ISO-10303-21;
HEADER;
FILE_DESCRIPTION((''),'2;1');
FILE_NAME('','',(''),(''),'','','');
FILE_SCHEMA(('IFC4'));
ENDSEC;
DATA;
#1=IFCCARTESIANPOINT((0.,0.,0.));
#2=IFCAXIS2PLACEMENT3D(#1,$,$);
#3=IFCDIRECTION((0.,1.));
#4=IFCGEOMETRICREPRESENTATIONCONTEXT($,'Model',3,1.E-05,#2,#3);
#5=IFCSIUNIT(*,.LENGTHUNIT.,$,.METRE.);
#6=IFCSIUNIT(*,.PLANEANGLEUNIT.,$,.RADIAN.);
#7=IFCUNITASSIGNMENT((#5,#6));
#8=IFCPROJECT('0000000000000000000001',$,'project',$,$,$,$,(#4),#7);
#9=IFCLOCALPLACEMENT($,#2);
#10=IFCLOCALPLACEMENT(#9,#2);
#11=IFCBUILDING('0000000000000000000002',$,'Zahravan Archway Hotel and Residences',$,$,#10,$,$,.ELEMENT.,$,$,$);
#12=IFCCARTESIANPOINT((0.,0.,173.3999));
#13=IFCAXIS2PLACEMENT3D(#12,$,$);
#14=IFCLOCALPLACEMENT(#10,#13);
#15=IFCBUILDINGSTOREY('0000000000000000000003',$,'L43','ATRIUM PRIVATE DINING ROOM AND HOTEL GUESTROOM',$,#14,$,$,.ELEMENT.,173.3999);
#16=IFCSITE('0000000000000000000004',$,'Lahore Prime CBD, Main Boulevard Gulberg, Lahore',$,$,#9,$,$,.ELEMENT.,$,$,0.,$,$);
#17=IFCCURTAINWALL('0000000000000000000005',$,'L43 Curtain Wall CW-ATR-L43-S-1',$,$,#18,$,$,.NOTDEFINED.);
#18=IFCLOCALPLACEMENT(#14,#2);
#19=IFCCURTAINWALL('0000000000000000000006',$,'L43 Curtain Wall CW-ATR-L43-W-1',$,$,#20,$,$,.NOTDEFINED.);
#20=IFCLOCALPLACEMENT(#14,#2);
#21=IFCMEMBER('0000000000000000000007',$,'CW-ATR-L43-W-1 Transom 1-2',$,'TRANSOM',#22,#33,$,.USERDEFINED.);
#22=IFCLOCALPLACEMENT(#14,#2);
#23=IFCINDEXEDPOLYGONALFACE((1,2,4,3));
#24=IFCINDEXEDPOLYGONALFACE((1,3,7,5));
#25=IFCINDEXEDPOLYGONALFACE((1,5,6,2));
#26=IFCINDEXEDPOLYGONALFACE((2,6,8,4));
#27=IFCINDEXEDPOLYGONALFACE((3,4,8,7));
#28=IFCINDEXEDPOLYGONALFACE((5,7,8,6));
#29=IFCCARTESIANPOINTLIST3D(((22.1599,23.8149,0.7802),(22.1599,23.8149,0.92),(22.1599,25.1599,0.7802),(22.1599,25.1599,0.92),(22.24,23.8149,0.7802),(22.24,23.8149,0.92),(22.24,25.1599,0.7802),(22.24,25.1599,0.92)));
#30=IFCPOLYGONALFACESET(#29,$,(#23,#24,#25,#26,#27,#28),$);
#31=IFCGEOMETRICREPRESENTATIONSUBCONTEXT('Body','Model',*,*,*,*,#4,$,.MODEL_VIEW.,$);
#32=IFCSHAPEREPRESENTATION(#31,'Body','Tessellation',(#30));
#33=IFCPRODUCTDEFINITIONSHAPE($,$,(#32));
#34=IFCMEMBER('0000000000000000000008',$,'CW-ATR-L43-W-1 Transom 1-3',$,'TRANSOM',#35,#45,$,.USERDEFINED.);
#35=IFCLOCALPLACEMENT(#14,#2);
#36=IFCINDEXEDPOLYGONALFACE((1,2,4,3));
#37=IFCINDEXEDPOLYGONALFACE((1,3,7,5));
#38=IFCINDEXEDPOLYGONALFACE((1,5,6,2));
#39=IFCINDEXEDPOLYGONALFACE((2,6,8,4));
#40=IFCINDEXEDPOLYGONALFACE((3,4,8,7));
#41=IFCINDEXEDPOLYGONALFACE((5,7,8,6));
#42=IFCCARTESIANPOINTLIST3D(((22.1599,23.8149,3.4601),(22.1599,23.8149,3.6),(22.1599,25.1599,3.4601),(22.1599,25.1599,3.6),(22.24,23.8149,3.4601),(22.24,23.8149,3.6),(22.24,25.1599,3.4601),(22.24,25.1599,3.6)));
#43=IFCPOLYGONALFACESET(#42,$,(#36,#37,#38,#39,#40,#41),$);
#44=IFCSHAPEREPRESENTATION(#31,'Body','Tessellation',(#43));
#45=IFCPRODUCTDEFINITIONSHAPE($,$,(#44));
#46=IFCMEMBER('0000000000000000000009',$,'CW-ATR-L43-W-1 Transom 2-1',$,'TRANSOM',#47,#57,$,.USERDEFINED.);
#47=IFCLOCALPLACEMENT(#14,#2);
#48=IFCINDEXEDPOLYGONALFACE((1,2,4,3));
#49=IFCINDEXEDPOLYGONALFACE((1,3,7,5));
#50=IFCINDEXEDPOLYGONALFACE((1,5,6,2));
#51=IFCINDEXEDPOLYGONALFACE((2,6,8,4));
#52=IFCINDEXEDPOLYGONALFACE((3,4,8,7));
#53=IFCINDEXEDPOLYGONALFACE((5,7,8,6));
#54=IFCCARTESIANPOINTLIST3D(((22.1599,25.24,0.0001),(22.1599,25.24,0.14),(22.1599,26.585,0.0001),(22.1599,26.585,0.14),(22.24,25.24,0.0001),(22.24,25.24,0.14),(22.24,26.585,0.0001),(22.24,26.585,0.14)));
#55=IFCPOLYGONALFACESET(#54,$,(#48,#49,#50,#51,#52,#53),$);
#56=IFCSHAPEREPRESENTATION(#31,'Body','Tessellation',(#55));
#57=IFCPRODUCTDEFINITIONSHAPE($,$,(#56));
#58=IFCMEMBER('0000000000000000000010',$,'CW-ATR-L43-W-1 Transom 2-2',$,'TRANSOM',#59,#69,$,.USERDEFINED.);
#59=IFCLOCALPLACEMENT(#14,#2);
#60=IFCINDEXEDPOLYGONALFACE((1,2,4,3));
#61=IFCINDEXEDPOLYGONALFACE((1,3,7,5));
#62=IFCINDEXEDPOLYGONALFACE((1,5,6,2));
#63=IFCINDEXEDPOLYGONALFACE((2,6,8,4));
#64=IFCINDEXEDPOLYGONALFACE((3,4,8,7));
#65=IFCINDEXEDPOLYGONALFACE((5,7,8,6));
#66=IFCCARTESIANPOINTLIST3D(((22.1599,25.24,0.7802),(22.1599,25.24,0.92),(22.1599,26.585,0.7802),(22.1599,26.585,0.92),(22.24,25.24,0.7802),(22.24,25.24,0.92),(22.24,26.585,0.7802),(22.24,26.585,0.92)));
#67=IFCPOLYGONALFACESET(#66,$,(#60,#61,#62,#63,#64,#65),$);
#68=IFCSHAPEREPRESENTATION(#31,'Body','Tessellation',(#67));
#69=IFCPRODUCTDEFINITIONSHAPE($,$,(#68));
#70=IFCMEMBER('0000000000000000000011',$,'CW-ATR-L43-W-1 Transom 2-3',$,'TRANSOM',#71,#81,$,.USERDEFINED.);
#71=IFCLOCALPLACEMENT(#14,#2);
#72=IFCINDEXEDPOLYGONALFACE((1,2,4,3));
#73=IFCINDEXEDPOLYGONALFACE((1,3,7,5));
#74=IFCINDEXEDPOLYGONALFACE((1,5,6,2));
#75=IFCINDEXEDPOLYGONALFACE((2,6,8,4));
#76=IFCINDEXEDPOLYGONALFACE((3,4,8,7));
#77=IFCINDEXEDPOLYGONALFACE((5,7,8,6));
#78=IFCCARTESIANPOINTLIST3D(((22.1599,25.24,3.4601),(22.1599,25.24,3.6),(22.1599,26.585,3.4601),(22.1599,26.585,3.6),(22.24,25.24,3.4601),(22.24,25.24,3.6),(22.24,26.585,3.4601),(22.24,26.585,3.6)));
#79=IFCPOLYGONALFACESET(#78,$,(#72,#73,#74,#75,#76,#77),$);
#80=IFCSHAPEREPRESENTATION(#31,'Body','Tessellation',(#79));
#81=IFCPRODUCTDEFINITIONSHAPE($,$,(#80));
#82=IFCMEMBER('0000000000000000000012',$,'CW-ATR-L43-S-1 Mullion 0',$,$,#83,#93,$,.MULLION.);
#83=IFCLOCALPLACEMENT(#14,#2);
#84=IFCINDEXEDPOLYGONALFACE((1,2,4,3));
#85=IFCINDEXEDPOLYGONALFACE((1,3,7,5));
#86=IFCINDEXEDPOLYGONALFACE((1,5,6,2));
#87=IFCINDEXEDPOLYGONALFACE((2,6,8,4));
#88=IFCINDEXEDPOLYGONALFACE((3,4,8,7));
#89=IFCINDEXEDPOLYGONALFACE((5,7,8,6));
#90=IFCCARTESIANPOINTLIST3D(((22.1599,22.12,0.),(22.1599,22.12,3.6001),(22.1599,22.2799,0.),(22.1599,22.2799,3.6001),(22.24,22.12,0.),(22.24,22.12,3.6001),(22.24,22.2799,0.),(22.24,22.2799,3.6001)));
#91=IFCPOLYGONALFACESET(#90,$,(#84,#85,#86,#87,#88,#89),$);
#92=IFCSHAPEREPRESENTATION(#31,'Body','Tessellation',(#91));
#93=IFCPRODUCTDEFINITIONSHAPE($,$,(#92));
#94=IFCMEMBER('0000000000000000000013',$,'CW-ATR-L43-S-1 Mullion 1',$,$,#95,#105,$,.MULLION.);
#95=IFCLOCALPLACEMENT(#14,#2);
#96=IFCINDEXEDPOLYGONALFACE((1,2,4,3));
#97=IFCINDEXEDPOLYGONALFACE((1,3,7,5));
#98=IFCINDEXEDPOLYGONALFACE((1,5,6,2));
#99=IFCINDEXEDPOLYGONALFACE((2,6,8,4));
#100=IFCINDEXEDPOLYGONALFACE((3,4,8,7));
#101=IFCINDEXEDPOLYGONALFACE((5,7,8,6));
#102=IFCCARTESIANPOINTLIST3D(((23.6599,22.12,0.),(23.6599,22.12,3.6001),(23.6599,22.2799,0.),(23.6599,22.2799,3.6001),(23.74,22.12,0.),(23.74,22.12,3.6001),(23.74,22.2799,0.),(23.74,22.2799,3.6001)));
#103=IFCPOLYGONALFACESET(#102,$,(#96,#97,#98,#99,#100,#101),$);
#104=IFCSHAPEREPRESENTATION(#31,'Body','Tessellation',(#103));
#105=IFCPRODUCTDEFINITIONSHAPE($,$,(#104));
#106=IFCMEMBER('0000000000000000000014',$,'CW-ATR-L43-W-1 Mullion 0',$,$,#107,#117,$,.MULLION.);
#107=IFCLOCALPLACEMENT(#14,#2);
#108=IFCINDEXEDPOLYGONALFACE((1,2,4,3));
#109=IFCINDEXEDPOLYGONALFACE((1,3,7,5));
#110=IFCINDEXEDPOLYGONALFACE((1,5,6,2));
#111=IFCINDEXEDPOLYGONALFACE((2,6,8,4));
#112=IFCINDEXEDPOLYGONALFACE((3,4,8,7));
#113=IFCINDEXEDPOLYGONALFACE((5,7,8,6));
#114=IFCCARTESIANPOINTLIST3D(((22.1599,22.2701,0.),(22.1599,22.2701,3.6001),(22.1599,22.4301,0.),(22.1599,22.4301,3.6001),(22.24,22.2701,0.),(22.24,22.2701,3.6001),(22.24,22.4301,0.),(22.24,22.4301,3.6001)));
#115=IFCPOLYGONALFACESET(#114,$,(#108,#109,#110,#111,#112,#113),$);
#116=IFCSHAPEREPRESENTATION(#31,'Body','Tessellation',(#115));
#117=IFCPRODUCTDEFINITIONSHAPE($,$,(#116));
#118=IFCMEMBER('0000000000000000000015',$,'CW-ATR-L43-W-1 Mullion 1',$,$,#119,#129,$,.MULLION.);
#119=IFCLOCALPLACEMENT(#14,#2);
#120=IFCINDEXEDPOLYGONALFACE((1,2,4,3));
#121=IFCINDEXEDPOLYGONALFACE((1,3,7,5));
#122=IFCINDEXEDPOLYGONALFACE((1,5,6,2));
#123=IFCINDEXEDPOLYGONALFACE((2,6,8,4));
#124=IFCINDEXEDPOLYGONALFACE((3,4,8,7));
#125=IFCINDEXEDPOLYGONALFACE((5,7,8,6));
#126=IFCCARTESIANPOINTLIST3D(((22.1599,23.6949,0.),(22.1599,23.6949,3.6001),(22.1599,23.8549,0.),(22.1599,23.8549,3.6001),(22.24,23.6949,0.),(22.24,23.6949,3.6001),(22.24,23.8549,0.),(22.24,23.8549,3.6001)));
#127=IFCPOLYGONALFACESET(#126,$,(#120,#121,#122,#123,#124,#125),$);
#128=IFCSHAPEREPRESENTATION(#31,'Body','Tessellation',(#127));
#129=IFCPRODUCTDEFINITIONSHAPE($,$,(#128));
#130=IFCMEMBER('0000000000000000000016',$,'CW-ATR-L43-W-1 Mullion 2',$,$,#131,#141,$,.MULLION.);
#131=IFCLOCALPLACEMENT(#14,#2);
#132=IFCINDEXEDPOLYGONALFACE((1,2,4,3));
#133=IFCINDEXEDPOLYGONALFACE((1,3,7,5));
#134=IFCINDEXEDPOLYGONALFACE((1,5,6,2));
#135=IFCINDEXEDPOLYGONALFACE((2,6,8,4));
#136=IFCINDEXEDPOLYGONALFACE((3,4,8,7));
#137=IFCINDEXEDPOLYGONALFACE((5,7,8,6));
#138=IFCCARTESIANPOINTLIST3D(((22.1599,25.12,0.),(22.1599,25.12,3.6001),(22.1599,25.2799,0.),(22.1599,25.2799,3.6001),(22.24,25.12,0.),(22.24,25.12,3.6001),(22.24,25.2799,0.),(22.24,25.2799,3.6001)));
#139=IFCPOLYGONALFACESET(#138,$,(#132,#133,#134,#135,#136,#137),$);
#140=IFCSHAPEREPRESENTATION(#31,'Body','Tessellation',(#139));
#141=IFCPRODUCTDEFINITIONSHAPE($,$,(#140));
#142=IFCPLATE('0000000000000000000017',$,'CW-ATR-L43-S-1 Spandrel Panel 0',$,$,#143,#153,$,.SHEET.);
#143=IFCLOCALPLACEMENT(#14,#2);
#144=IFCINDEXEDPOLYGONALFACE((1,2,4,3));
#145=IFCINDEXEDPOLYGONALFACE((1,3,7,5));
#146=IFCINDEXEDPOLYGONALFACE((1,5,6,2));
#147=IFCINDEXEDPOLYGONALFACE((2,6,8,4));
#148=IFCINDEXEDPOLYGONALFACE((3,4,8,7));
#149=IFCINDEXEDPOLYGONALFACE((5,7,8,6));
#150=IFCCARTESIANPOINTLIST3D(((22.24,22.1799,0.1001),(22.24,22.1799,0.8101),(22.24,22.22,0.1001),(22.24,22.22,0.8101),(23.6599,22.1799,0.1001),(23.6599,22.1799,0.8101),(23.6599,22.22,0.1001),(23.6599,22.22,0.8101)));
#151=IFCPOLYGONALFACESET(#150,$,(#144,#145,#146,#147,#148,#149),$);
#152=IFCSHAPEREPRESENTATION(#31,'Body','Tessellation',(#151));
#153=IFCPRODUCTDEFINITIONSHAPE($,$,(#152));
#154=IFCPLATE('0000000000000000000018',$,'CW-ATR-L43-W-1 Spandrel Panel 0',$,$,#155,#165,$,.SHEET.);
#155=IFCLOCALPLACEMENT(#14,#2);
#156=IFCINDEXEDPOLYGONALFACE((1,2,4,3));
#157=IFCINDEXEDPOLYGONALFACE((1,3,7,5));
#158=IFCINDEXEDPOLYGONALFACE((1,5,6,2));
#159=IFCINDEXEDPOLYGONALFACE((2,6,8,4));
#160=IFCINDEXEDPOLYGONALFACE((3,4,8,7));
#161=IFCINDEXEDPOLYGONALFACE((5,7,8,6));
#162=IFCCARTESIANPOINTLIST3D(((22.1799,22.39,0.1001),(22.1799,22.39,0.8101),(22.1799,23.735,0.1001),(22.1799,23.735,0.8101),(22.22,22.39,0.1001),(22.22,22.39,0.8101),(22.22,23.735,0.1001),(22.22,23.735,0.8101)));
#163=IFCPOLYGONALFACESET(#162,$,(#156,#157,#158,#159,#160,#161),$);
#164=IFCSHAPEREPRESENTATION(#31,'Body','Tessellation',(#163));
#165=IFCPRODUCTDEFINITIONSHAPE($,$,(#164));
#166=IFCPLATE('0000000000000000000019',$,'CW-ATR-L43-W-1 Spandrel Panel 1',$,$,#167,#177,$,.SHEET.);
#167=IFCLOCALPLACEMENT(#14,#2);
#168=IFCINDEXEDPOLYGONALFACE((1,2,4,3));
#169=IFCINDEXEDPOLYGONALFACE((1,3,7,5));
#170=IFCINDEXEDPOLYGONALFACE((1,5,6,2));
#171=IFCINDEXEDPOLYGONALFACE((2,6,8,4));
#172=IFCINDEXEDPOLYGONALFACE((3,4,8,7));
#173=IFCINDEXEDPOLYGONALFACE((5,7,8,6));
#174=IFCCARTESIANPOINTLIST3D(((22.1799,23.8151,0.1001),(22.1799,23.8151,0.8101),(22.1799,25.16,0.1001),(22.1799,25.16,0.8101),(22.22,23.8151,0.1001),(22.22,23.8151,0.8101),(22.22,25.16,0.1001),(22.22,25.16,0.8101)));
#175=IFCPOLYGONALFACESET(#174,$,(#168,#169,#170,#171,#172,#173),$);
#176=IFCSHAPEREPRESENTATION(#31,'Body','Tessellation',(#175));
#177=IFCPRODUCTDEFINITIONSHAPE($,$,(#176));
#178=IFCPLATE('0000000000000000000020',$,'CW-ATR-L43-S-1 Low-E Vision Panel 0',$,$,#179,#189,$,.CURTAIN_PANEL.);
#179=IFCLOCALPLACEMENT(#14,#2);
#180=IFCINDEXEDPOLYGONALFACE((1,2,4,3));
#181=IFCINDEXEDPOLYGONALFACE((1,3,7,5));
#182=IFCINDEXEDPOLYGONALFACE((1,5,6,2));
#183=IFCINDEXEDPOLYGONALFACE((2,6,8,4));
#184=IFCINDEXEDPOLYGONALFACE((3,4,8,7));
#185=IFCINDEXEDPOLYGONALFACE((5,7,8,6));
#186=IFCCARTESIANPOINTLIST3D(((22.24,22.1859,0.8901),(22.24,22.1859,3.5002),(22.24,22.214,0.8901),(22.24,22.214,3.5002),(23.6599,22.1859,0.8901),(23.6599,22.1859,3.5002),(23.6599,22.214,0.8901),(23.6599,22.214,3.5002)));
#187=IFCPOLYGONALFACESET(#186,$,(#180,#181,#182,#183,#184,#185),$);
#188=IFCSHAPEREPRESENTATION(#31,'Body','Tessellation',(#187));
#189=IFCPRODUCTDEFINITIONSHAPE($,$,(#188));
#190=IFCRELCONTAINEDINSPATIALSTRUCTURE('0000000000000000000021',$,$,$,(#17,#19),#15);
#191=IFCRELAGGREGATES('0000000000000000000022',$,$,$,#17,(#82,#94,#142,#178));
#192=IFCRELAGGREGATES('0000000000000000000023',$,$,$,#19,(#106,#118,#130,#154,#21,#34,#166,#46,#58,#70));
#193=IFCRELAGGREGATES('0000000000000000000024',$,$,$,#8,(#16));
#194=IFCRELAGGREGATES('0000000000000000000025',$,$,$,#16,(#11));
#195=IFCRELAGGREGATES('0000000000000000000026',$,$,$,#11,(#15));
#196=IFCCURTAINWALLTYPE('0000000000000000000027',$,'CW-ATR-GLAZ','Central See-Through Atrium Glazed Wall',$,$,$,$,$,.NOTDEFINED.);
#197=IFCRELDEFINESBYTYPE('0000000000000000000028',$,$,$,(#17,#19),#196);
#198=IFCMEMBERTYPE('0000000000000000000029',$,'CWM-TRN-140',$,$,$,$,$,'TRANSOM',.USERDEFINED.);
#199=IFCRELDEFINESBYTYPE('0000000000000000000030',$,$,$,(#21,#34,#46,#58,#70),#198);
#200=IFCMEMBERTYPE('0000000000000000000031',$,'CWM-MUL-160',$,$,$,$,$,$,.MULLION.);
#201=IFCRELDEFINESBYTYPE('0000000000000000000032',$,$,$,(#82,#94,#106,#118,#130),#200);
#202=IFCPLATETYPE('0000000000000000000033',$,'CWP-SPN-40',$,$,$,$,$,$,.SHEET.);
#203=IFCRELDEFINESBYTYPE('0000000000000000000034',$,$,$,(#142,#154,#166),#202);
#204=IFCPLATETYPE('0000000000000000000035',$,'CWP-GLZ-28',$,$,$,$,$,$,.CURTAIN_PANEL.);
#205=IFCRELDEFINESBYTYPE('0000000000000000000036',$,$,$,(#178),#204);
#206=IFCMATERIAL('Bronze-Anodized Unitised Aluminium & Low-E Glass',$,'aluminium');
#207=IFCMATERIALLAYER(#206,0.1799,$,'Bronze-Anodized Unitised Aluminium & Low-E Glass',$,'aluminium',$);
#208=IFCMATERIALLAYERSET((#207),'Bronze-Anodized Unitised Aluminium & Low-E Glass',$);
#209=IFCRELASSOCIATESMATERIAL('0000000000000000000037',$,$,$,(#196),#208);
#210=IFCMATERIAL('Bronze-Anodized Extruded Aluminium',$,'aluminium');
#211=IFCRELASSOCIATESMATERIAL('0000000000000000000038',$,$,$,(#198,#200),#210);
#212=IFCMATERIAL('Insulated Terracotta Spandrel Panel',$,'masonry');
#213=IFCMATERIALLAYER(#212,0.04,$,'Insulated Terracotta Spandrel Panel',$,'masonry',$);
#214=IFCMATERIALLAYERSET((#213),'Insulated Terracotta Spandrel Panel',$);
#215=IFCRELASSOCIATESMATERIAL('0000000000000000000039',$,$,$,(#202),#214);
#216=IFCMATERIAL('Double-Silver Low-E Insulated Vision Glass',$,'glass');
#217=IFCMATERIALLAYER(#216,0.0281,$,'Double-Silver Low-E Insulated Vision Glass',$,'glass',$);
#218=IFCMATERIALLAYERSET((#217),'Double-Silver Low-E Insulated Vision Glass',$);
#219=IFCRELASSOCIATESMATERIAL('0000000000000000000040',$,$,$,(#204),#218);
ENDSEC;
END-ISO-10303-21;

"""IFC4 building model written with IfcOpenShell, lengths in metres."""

from ifc_helpers import new_model, si_unit, direction, frame, origin, origin_2d, place, context, subcontext, project, spatial, rectangle, extrude, source, transform, mapped, material, layer, layer_set, material_profile, profile_set, type_object, element, aggregate, save


model = new_model("IFC4")

# Units and contexts
model_context = context("Model", 3, precision=1e-05, world=origin(), true_north=direction((0.0, 1.0)))
body_context = subcontext(model_context, "Body", "Model", "MODEL_VIEW")
ifc_project = project(units=[si_unit("LENGTHUNIT", "METRE"), si_unit("PLANEANGLEUNIT", "RADIAN")], contexts=[model_context])

# Site, building, storey
site_placement = place(None, origin())
site = spatial("IfcSite", under=ifc_project, at=site_placement, Name="Lahore Prime CBD, Main Boulevard Gulberg, Lahore", CompositionType="ELEMENT", RefElevation=0.0)
building_placement = place(site_placement, origin())
building = spatial("IfcBuilding", under=site, at=building_placement, Name="Zahravan Archway Hotel and Residences", CompositionType="ELEMENT")
storey_placement = place(building_placement, frame((0.0, 0.0, 173.3999)))
storey = spatial("IfcBuildingStorey", under=building, at=storey_placement, Name="L43", Description="ATRIUM PRIVATE DINING ROOM AND HOTEL GUESTROOM", CompositionType="ELEMENT", Elevation=173.3999)

# Curtain walls, members
ifc_material_1 = material(Name="Bronze-Anodized Unitised Aluminium & Low-E Glass", Category="aluminium")
ifc_layer_1 = layer(ifc_material_1, 0.1799, Name="Bronze-Anodized Unitised Aluminium & Low-E Glass", Category="aluminium")
ifc_layer_set_1 = layer_set([ifc_layer_1], Name="Bronze-Anodized Unitised Aluminium & Low-E Glass")
curtain_wall_type = type_object("IfcCurtainWallType", Name="CW-ATR-GLAZ", Description="Central See-Through Atrium Glazed Wall", PredefinedType="NOTDEFINED", material=ifc_layer_set_1)
curtain_wall_1_placement = place(storey_placement, origin())
curtain_wall_1 = element("IfcCurtainWall", 1, at=curtain_wall_1_placement, inside=storey, type_object=curtain_wall_type, Name="L43 Curtain Wall CW-ATR-L43-S-1", PredefinedType="NOTDEFINED")
ifc_material_2 = material(Name="Bronze-Anodized Extruded Aluminium", Category="aluminium")
ifc_material_profile_1 = material_profile(ifc_material_2, rectangle(XDim=0.0801, YDim=0.1399, at=origin_2d()), Name="TRN 80x140", Category="aluminium")
ifc_profile_set_1 = profile_set([ifc_material_profile_1], Name="Bronze-Anodized Extruded Aluminium")
member_type_1 = type_object("IfcMemberType", Name="CWM-TRN-140", ElementType="TRANSOM", PredefinedType="USERDEFINED", material=ifc_profile_set_1)
curtain_wall_2_placement = place(storey_placement, origin())
curtain_wall_2 = element("IfcCurtainWall", 2, at=curtain_wall_2_placement, inside=storey, type_object=curtain_wall_type, Name="L43 Curtain Wall CW-ATR-L43-W-1", PredefinedType="NOTDEFINED")
shared_shape_1 = source(origin(), body_context, "Body", "SweptSolid", [
    extrude(rectangle(XDim=0.0801, YDim=0.1399, at=origin_2d()), origin(), (0.0, 0.0, 1.0), 1.345),
])
member_1_placement = place(storey_placement, frame((22.2, 23.8149, 0.8501), z_axis=(0.0, 1.0, 0.0), x_axis=(-1.0, 0.0, 0.0)))
member_1 = element("IfcMember", 3, at=member_1_placement, type_object=member_type_1, Name="CW-ATR-L43-W-1 Transom 1-2", ObjectType="TRANSOM", PredefinedType="USERDEFINED", context=body_context, shape_type="MappedRepresentation", body=[
    mapped(shared_shape_1, transform((0.0, 0.0, 0.0), scale=1.0)),
])
member_2_placement = place(storey_placement, frame((22.2, 23.8149, 3.53), z_axis=(0.0, 1.0, 0.0), x_axis=(-1.0, 0.0, 0.0)))
member_2 = element("IfcMember", 4, at=member_2_placement, type_object=member_type_1, Name="CW-ATR-L43-W-1 Transom 1-3", ObjectType="TRANSOM", PredefinedType="USERDEFINED", context=body_context, shape_type="MappedRepresentation", body=[
    mapped(shared_shape_1, transform((0.0, 0.0, 0.0), scale=1.0)),
])
member_3_placement = place(storey_placement, frame((22.2, 25.24, 0.0701), z_axis=(0.0, 1.0, 0.0), x_axis=(-1.0, 0.0, 0.0)))
member_3 = element("IfcMember", 5, at=member_3_placement, type_object=member_type_1, Name="CW-ATR-L43-W-1 Transom 2-1", ObjectType="TRANSOM", PredefinedType="USERDEFINED", context=body_context, shape_type="MappedRepresentation", body=[
    mapped(shared_shape_1, transform((0.0, 0.0, 0.0), scale=1.0)),
])
member_4_placement = place(storey_placement, frame((22.2, 25.24, 0.8501), z_axis=(0.0, 1.0, 0.0), x_axis=(-1.0, 0.0, 0.0)))
member_4 = element("IfcMember", 6, at=member_4_placement, type_object=member_type_1, Name="CW-ATR-L43-W-1 Transom 2-2", ObjectType="TRANSOM", PredefinedType="USERDEFINED", context=body_context, shape_type="MappedRepresentation", body=[
    mapped(shared_shape_1, transform((0.0, 0.0, 0.0), scale=1.0)),
])
member_5_placement = place(storey_placement, frame((22.2, 25.24, 3.53), z_axis=(0.0, 1.0, 0.0), x_axis=(-1.0, 0.0, 0.0)))
member_5 = element("IfcMember", 7, at=member_5_placement, type_object=member_type_1, Name="CW-ATR-L43-W-1 Transom 2-3", ObjectType="TRANSOM", PredefinedType="USERDEFINED", context=body_context, shape_type="MappedRepresentation", body=[
    mapped(shared_shape_1, transform((0.0, 0.0, 0.0), scale=1.0)),
])

# Members
ifc_material_profile_2 = material_profile(ifc_material_2, rectangle(XDim=0.0801, YDim=0.1599, at=origin_2d()), Name="MUL 80x160", Category="aluminium")
ifc_profile_set_2 = profile_set([ifc_material_profile_2], Name="Bronze-Anodized Extruded Aluminium")
member_type_2 = type_object("IfcMemberType", Name="CWM-MUL-160", PredefinedType="MULLION", material=ifc_profile_set_2)
shared_shape_2 = source(origin(), body_context, "Body", "SweptSolid", [
    extrude(rectangle(XDim=0.0801, YDim=0.1599, at=origin_2d()), origin(), (0.0, 0.0, 1.0), 3.6001),
])
member_6_placement = place(storey_placement, frame((22.2, 22.2, 0.0), z_axis=(0.0, 0.0, 1.0), x_axis=(1.0, 0.0, 0.0)))
member_6 = element("IfcMember", 8, at=member_6_placement, type_object=member_type_2, Name="CW-ATR-L43-S-1 Mullion 0", PredefinedType="MULLION", context=body_context, shape_type="MappedRepresentation", body=[
    mapped(shared_shape_2, transform((0.0, 0.0, 0.0), scale=1.0)),
])
member_7_placement = place(storey_placement, frame((23.7, 22.2, 0.0), z_axis=(0.0, 0.0, 1.0), x_axis=(1.0, 0.0, 0.0)))
member_7 = element("IfcMember", 9, at=member_7_placement, type_object=member_type_2, Name="CW-ATR-L43-S-1 Mullion 1", PredefinedType="MULLION", context=body_context, shape_type="MappedRepresentation", body=[
    mapped(shared_shape_2, transform((0.0, 0.0, 0.0), scale=1.0)),
])
member_8_placement = place(storey_placement, frame((22.2, 22.3501, 0.0), z_axis=(0.0, 0.0, 1.0), x_axis=(1.0, 0.0, 0.0)))
member_8 = element("IfcMember", 10, at=member_8_placement, type_object=member_type_2, Name="CW-ATR-L43-W-1 Mullion 0", PredefinedType="MULLION", context=body_context, shape_type="MappedRepresentation", body=[
    mapped(shared_shape_2, transform((0.0, 0.0, 0.0), scale=1.0)),
])
member_9_placement = place(storey_placement, frame((22.2, 23.7749, 0.0), z_axis=(0.0, 0.0, 1.0), x_axis=(1.0, 0.0, 0.0)))
member_9 = element("IfcMember", 11, at=member_9_placement, type_object=member_type_2, Name="CW-ATR-L43-W-1 Mullion 1", PredefinedType="MULLION", context=body_context, shape_type="MappedRepresentation", body=[
    mapped(shared_shape_2, transform((0.0, 0.0, 0.0), scale=1.0)),
])
member_10_placement = place(storey_placement, frame((22.2, 25.2, 0.0), z_axis=(0.0, 0.0, 1.0), x_axis=(1.0, 0.0, 0.0)))
member_10 = element("IfcMember", 12, at=member_10_placement, type_object=member_type_2, Name="CW-ATR-L43-W-1 Mullion 2", PredefinedType="MULLION", context=body_context, shape_type="MappedRepresentation", body=[
    mapped(shared_shape_2, transform((0.0, 0.0, 0.0), scale=1.0)),
])

# Plates
ifc_material_3 = material(Name="Insulated Terracotta Spandrel Panel", Category="masonry")
ifc_layer_2 = layer(ifc_material_3, 0.04, Name="Insulated Terracotta Spandrel Panel", Category="masonry")
ifc_layer_set_2 = layer_set([ifc_layer_2], Name="Insulated Terracotta Spandrel Panel")
plate_type_1 = type_object("IfcPlateType", Name="CWP-SPN-40", PredefinedType="SHEET", material=ifc_layer_set_2)
shared_shape_3 = source(origin(), body_context, "Body", "SweptSolid", [
    extrude(rectangle(XDim=1.4199, YDim=0.04, at=origin_2d()), origin(), (0.0, 0.0, 1.0), 0.71),
])
plate_1_placement = place(storey_placement, frame((22.95, 22.2, 0.1001), z_axis=(0.0, 0.0, 1.0), x_axis=(1.0, 0.0, 0.0)))
plate_1 = element("IfcPlate", 13, at=plate_1_placement, type_object=plate_type_1, Name="CW-ATR-L43-S-1 Spandrel Panel 0", PredefinedType="SHEET", context=body_context, shape_type="MappedRepresentation", body=[
    mapped(shared_shape_3, transform((0.0, 0.0, 0.0), scale=1.0)),
])
shared_shape_4 = source(origin(), body_context, "Body", "SweptSolid", [
    extrude(rectangle(XDim=1.345, YDim=0.04, at=origin_2d()), origin(), (0.0, 0.0, 1.0), 0.71),
])
plate_2_placement = place(storey_placement, frame((22.2, 23.0625, 0.1001), z_axis=(0.0, 0.0, 1.0), x_axis=(0.0, 1.0, 0.0)))
plate_2 = element("IfcPlate", 14, at=plate_2_placement, type_object=plate_type_1, Name="CW-ATR-L43-W-1 Spandrel Panel 0", PredefinedType="SHEET", context=body_context, shape_type="MappedRepresentation", body=[
    mapped(shared_shape_4, transform((0.0, 0.0, 0.0), scale=1.0)),
])
plate_3_placement = place(storey_placement, frame((22.2, 24.4875, 0.1001), z_axis=(0.0, 0.0, 1.0), x_axis=(0.0, 1.0, 0.0)))
plate_3 = element("IfcPlate", 15, at=plate_3_placement, type_object=plate_type_1, Name="CW-ATR-L43-W-1 Spandrel Panel 1", PredefinedType="SHEET", context=body_context, shape_type="MappedRepresentation", body=[
    mapped(shared_shape_4, transform((0.0, 0.0, 0.0), scale=1.0)),
])
ifc_material_4 = material(Name="Double-Silver Low-E Insulated Vision Glass", Category="glass")
ifc_layer_3 = layer(ifc_material_4, 0.0281, Name="Double-Silver Low-E Insulated Vision Glass", Category="glass")
ifc_layer_set_3 = layer_set([ifc_layer_3], Name="Double-Silver Low-E Insulated Vision Glass")
plate_type_2 = type_object("IfcPlateType", Name="CWP-GLZ-28", PredefinedType="CURTAIN_PANEL", material=ifc_layer_set_3)
shared_shape_5 = source(origin(), body_context, "Body", "SweptSolid", [
    extrude(rectangle(XDim=1.4199, YDim=0.0281, at=origin_2d()), origin(), (0.0, 0.0, 1.0), 2.6101),
])
plate_4_placement = place(storey_placement, frame((22.95, 22.2, 0.8901), z_axis=(0.0, 0.0, 1.0), x_axis=(1.0, 0.0, 0.0)))
plate_4 = element("IfcPlate", 16, at=plate_4_placement, type_object=plate_type_2, Name="CW-ATR-L43-S-1 Low-E Vision Panel 0", PredefinedType="CURTAIN_PANEL", context=body_context, shape_type="MappedRepresentation", body=[
    mapped(shared_shape_5, transform((0.0, 0.0, 0.0), scale=1.0)),
])
aggregate(curtain_wall_1, [member_6, member_7, plate_1, plate_4])
aggregate(curtain_wall_2, [member_8, member_9, member_10, plate_2, member_1, member_2, plate_3, member_3, member_4, member_5])

save(model, "model.ifc")
